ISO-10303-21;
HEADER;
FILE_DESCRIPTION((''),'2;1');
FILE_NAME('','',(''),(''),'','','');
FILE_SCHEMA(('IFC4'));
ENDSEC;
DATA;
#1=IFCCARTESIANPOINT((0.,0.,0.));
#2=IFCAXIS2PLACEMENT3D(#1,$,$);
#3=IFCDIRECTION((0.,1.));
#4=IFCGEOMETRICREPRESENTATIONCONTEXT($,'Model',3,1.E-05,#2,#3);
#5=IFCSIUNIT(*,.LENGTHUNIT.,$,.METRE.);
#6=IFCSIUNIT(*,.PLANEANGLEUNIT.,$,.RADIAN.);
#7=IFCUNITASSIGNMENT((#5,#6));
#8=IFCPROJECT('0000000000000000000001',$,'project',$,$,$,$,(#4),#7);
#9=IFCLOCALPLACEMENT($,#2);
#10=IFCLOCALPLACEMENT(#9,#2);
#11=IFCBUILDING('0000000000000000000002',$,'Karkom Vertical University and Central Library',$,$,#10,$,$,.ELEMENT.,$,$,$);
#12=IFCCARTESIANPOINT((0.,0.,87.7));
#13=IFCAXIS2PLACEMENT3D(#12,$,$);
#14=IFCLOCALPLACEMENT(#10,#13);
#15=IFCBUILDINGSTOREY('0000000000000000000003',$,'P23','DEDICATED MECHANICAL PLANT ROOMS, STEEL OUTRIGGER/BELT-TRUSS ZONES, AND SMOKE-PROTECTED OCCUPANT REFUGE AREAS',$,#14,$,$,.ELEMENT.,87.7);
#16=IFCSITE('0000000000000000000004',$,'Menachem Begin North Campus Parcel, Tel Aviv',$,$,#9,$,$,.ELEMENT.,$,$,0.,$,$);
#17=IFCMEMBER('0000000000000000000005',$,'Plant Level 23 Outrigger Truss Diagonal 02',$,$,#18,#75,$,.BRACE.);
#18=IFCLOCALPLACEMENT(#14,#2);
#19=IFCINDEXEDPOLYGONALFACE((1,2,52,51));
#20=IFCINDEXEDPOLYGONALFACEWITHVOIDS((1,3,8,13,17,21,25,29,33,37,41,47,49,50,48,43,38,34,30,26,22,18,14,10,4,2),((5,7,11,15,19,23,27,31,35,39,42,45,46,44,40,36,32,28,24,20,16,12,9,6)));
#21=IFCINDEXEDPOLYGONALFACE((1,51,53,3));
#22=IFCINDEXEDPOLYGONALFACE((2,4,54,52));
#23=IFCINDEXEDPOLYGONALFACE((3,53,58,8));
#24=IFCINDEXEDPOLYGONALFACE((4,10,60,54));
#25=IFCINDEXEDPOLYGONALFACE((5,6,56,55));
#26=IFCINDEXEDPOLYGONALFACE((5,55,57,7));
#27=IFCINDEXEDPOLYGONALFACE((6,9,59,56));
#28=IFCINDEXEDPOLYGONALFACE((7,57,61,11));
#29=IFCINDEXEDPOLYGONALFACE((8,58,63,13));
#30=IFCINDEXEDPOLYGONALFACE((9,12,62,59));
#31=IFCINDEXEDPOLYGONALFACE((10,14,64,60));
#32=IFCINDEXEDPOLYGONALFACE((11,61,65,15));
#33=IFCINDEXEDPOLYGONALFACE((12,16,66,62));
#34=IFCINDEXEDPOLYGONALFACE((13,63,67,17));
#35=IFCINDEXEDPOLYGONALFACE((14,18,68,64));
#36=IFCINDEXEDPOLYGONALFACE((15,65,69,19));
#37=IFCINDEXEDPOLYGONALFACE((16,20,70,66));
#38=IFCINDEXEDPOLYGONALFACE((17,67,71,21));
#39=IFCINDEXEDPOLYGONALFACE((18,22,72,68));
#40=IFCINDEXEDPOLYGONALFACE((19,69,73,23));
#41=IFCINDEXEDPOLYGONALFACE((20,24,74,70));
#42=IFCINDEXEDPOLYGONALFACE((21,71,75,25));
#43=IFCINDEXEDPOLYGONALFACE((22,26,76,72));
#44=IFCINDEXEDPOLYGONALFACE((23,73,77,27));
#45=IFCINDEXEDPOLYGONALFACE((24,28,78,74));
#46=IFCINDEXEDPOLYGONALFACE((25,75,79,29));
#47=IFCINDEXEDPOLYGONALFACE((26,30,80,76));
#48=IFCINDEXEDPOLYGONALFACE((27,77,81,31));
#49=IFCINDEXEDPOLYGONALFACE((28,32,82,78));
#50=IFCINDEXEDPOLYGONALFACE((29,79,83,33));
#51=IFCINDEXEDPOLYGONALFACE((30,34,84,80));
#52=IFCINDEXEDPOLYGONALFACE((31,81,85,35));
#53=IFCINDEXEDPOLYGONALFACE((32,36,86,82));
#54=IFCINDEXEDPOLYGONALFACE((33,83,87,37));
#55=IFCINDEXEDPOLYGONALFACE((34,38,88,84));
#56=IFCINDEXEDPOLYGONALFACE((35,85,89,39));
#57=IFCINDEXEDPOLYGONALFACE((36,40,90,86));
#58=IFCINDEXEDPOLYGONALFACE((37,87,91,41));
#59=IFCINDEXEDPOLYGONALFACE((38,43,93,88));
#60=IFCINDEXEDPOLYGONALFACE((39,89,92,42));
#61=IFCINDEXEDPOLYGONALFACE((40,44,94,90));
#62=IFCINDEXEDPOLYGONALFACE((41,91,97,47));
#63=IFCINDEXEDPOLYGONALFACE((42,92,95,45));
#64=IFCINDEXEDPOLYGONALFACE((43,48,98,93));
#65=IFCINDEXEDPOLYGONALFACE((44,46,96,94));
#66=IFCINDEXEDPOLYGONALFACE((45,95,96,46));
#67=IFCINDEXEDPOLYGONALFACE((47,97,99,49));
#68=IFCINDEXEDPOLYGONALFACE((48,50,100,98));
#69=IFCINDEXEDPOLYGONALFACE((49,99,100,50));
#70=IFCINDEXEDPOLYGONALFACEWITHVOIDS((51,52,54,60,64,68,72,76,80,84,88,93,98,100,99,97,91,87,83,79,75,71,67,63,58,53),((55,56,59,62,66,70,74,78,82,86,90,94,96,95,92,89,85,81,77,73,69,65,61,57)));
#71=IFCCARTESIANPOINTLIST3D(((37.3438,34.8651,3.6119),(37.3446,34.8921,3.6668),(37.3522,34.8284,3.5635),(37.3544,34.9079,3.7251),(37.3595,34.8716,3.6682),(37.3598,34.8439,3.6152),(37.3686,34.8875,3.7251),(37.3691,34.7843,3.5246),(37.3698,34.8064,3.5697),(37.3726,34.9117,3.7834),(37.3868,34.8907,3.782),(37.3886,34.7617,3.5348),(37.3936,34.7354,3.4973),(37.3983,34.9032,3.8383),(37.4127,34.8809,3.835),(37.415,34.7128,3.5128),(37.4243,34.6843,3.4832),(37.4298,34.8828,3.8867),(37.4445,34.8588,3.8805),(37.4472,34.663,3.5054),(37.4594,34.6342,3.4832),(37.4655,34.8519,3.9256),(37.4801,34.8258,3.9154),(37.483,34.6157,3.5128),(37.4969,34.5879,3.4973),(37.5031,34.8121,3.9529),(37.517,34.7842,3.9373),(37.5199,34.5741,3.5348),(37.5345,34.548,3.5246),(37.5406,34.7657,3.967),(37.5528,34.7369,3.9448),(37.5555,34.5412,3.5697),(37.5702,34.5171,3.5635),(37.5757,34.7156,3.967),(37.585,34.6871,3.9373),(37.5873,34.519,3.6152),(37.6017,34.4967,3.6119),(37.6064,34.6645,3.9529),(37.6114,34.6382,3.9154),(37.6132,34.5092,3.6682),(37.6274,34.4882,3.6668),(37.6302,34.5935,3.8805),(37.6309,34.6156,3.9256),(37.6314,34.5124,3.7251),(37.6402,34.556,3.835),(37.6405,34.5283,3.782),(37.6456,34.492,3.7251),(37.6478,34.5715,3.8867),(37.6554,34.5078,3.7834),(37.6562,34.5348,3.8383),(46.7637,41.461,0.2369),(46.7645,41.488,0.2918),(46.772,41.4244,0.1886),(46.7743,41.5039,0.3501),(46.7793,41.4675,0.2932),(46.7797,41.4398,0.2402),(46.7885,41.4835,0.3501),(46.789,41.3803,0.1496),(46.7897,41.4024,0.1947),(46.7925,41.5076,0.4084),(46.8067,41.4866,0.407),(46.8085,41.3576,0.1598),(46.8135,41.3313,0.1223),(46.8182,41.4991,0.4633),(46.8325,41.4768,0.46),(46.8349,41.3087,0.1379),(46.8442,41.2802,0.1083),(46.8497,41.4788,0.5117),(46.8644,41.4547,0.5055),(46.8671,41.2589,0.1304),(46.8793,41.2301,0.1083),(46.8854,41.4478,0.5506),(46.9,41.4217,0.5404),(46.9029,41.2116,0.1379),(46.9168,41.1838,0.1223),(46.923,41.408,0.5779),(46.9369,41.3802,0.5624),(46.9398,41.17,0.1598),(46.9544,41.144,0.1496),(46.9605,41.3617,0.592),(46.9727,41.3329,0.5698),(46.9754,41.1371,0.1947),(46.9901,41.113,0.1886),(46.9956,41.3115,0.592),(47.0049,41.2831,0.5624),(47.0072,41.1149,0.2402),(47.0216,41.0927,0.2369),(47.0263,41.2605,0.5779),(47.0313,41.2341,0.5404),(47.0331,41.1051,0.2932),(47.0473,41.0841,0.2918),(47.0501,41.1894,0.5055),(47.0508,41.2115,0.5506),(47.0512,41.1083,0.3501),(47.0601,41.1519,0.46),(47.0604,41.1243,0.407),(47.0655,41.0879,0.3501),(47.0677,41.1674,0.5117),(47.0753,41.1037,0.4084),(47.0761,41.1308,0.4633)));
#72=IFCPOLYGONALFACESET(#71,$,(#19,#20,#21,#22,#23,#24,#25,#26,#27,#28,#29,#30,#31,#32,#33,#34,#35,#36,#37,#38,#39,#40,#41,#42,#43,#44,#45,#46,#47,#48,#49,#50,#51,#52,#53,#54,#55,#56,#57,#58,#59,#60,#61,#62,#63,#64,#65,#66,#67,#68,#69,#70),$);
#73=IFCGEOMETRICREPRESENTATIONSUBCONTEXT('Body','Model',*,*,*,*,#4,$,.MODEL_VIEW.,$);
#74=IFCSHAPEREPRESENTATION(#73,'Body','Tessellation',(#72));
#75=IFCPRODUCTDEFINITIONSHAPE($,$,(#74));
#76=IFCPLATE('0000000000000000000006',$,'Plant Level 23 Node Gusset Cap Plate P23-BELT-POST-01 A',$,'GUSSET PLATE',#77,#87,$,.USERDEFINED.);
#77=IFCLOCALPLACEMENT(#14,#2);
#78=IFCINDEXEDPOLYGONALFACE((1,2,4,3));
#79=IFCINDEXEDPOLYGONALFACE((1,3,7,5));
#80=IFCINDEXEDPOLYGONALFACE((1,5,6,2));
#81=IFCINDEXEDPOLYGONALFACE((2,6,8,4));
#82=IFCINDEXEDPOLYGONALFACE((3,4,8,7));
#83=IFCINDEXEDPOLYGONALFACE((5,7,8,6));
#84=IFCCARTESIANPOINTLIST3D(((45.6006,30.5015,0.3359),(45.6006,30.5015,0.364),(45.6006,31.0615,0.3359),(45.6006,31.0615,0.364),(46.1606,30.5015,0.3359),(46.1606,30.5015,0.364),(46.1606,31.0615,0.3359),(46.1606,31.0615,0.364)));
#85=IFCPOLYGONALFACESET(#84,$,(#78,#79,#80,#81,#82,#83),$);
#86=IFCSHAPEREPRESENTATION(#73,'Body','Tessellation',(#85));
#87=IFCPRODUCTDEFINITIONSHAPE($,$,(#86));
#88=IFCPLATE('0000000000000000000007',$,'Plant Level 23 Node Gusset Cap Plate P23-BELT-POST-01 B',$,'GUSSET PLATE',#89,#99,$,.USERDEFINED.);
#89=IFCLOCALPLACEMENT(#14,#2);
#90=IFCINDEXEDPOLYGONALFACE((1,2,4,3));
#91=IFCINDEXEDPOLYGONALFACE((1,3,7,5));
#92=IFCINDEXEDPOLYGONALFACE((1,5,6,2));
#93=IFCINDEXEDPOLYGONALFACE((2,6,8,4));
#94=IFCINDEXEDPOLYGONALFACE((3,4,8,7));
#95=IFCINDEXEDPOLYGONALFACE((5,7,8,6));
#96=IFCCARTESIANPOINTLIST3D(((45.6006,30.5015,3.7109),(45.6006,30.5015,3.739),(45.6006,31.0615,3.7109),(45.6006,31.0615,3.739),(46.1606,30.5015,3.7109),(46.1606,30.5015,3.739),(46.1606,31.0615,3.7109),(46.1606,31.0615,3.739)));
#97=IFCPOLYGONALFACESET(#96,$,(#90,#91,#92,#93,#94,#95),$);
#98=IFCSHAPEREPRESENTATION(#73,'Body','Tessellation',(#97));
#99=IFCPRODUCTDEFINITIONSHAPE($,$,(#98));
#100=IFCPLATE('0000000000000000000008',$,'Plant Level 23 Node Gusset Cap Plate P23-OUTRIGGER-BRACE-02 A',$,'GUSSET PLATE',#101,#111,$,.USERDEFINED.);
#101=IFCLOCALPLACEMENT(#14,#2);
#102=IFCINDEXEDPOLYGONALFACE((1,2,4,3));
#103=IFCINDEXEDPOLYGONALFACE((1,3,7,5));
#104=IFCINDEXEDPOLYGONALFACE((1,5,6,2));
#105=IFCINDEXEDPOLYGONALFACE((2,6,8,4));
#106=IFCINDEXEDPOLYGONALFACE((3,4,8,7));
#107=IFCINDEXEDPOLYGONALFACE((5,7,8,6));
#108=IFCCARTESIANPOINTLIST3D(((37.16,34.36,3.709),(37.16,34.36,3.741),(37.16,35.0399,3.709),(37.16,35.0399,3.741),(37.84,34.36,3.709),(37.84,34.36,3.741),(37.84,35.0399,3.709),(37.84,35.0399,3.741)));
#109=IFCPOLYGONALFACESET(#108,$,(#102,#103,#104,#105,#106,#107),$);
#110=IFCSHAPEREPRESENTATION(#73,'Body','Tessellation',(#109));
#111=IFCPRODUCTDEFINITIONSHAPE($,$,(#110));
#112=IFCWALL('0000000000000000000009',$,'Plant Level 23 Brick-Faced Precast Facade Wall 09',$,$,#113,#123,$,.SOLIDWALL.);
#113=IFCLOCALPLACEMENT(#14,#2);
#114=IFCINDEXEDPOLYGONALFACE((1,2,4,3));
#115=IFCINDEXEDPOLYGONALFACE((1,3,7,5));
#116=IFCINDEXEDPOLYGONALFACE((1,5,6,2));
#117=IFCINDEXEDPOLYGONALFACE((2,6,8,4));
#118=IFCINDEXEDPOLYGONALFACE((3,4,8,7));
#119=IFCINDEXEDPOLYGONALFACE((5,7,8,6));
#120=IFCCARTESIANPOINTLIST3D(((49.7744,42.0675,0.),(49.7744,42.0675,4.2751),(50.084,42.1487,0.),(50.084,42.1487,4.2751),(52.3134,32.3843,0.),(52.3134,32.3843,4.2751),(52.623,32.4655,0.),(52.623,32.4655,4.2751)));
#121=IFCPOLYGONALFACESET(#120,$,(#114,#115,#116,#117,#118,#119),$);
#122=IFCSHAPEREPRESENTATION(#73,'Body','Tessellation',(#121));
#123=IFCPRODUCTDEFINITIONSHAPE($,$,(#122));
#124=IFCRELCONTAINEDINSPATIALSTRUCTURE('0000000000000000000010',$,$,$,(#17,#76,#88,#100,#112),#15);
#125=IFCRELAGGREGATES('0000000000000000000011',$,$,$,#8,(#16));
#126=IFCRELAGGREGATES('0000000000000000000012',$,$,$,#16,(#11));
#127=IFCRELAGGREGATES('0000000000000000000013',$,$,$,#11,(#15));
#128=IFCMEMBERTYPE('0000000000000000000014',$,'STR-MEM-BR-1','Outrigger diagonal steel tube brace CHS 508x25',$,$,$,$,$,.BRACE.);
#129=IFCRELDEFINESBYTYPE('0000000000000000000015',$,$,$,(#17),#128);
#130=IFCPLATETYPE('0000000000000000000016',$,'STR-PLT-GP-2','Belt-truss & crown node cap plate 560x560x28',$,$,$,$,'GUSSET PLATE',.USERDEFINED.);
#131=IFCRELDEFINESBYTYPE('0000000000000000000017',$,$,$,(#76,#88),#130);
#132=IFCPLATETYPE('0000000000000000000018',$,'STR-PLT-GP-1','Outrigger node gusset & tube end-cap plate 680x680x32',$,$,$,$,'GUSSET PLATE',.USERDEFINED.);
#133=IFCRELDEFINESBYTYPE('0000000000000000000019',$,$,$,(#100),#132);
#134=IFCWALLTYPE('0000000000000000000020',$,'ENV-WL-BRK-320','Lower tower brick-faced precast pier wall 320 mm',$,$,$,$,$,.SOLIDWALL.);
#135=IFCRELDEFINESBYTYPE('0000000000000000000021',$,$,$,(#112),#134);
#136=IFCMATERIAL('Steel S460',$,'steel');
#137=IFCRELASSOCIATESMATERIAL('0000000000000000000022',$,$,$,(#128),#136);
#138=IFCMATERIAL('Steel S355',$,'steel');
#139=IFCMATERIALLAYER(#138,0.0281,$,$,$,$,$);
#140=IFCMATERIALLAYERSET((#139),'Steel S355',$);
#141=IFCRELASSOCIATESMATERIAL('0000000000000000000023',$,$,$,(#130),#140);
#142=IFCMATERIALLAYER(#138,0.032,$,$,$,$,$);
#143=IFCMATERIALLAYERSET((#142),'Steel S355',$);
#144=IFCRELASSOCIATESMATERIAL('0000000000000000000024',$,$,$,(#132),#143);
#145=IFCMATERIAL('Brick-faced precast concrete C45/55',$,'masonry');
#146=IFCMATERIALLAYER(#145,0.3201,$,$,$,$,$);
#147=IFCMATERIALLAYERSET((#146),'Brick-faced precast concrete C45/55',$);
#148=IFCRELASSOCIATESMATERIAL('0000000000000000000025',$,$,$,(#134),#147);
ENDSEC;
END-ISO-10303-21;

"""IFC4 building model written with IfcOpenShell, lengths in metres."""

from ifc_helpers import new_model, si_unit, direction, frame, frame_2d, origin, origin_with_axes, origin_2d, place, context, subcontext, project, spatial, rectangle, hollow_circle, extrude, source, transform, mapped, material, layer, layer_set, material_profile, profile_set, type_object, element, save


model = new_model("IFC4")

# Units and contexts
model_context = context("Model", 3, precision=1e-05, world=origin(), true_north=direction((0.0, 1.0)))
body_context = subcontext(model_context, "Body", "Model", "MODEL_VIEW")
ifc_project = project(units=[si_unit("LENGTHUNIT", "METRE"), si_unit("PLANEANGLEUNIT", "RADIAN")], contexts=[model_context])

# Site, building, storey
site_placement = place(None, origin())
site = spatial("IfcSite", under=ifc_project, at=site_placement, Name="Menachem Begin North Campus Parcel, Tel Aviv", CompositionType="ELEMENT", RefElevation=0.0)
building_placement = place(site_placement, origin())
building = spatial("IfcBuilding", under=site, at=building_placement, Name="Karkom Vertical University and Central Library", CompositionType="ELEMENT")
storey_placement = place(building_placement, frame((0.0, 0.0, 87.7)))
storey = spatial("IfcBuildingStorey", under=building, at=storey_placement, Name="P23", Description="DEDICATED MECHANICAL PLANT ROOMS, STEEL OUTRIGGER/BELT-TRUSS ZONES, AND SMOKE-PROTECTED OCCUPANT REFUGE AREAS", CompositionType="ELEMENT", Elevation=87.7)

# Shared definitions
ifc_material_1 = material(Name="Steel S355", Category="steel")

# Member
ifc_material_2 = material(Name="Steel S460", Category="steel")
ifc_material_profile_1 = material_profile(ifc_material_2, hollow_circle(Radius=0.2539, WallThickness=0.0249, at=origin_2d()), Name="CHS 508x25")
ifc_profile_set_1 = profile_set([ifc_material_profile_1], Name="Steel S460")
member_type_1 = type_object("IfcMemberType", Name="STR-MEM-BR-1", Description="Outrigger diagonal steel tube brace CHS 508x25", PredefinedType="BRACE", material=ifc_profile_set_1)
shared_shape_1 = source(origin_with_axes(), body_context, "Body", "SweptSolid", [
    extrude(hollow_circle(Radius=0.2539, WallThickness=0.0249, at=origin_2d()), origin(), (0.0, 0.0, 1.0), 11.9846),
])
member_1_placement = place(storey_placement, frame((37.5, 34.7, 3.7251), z_axis=(0.785998, 0.550366, -0.28161), x_axis=(-0.573579, 0.81915, 0.0)))
element("IfcMember", 1, at=member_1_placement, inside=storey, type_object=member_type_1, Name="Plant Level 23 Outrigger Truss Diagonal 02", PredefinedType="BRACE", context=body_context, shape_type="MappedRepresentation", body=[
    mapped(shared_shape_1, transform((0.0, 0.0, 0.0), scale=1.0)),
])

# Plates
ifc_layer_1 = layer(ifc_material_1, 0.0281)
ifc_layer_set_1 = layer_set([ifc_layer_1], Name="Steel S355")
plate_type_1 = type_object("IfcPlateType", Name="STR-PLT-GP-2", Description="Belt-truss & crown node cap plate 560x560x28", ElementType="GUSSET PLATE", PredefinedType="USERDEFINED", material=ifc_layer_set_1)
shared_shape_2 = source(origin_with_axes(), body_context, "Body", "SweptSolid", [
    extrude(rectangle(XDim=0.5601, YDim=0.5601, at=origin_2d()), origin(), (0.0, 0.0, 1.0), 0.0281),
])
for number, where, z_axis, x_axis, name in (
    (2, (45.8806, 30.7815, 0.3359), (0.0, 0.0, 1.0), (1.0, 0.0, 0.0), "Plant Level 23 Node Gusset Cap Plate P23-BELT-POST-01 A"),
    (3, (45.8806, 30.7815, 3.7109), (0.0, 0.0, 1.0), (1.0, 0.0, 0.0), "Plant Level 23 Node Gusset Cap Plate P23-BELT-POST-01 B"),
):
    element("IfcPlate", number, at=place(storey_placement, frame(where, z_axis=z_axis, x_axis=x_axis)), inside=storey, type_object=plate_type_1, Name=name, ObjectType="GUSSET PLATE", PredefinedType="USERDEFINED", context=body_context, shape_type="MappedRepresentation", body=[
        mapped(shared_shape_2, transform((0.0, 0.0, 0.0), scale=1.0)),
    ])
ifc_layer_2 = layer(ifc_material_1, 0.032)
ifc_layer_set_2 = layer_set([ifc_layer_2], Name="Steel S355")
plate_type_2 = type_object("IfcPlateType", Name="STR-PLT-GP-1", Description="Outrigger node gusset & tube end-cap plate 680x680x32", ElementType="GUSSET PLATE", PredefinedType="USERDEFINED", material=ifc_layer_set_2)
shared_shape_3 = source(origin_with_axes(), body_context, "Body", "SweptSolid", [
    extrude(rectangle(XDim=0.6799, YDim=0.6799, at=origin_2d()), origin(), (0.0, 0.0, 1.0), 0.032),
])
plate_placement = place(storey_placement, frame((37.5, 34.7, 3.709), z_axis=(0.0, 0.0, 1.0), x_axis=(1.0, 0.0, 0.0)))
element("IfcPlate", 4, at=plate_placement, inside=storey, type_object=plate_type_2, Name="Plant Level 23 Node Gusset Cap Plate P23-OUTRIGGER-BRACE-02 A", ObjectType="GUSSET PLATE", PredefinedType="USERDEFINED", context=body_context, shape_type="MappedRepresentation", body=[
    mapped(shared_shape_3, transform((0.0, 0.0, 0.0), scale=1.0)),
])

# Wall
ifc_material_3 = material(Name="Brick-faced precast concrete C45/55", Category="masonry")
ifc_layer_3 = layer(ifc_material_3, 0.3201)
ifc_layer_set_3 = layer_set([ifc_layer_3], Name="Brick-faced precast concrete C45/55")
wall_type_1 = type_object("IfcWallType", Name="ENV-WL-BRK-320", Description="Lower tower brick-faced precast pier wall 320 mm", PredefinedType="SOLIDWALL", material=ifc_layer_set_3)
wall_1_placement = place(storey_placement, frame((52.4683, 32.4248, 0.0), z_axis=(0.0, 0.0, 1.0), x_axis=(-0.253641, 0.967298, 0.0)))
element("IfcWall", 5, at=wall_1_placement, inside=storey, type_object=wall_type_1, Name="Plant Level 23 Brick-Faced Precast Facade Wall 09", PredefinedType="SOLIDWALL", context=body_context, shape_type="SweptSolid", body=[
    extrude(rectangle(XDim=10.0105, YDim=0.3201, at=frame_2d((5.0054, 0.0))), origin(), (0.0, 0.0, 1.0), 4.2751),
])

save(model, "model.ifc")
